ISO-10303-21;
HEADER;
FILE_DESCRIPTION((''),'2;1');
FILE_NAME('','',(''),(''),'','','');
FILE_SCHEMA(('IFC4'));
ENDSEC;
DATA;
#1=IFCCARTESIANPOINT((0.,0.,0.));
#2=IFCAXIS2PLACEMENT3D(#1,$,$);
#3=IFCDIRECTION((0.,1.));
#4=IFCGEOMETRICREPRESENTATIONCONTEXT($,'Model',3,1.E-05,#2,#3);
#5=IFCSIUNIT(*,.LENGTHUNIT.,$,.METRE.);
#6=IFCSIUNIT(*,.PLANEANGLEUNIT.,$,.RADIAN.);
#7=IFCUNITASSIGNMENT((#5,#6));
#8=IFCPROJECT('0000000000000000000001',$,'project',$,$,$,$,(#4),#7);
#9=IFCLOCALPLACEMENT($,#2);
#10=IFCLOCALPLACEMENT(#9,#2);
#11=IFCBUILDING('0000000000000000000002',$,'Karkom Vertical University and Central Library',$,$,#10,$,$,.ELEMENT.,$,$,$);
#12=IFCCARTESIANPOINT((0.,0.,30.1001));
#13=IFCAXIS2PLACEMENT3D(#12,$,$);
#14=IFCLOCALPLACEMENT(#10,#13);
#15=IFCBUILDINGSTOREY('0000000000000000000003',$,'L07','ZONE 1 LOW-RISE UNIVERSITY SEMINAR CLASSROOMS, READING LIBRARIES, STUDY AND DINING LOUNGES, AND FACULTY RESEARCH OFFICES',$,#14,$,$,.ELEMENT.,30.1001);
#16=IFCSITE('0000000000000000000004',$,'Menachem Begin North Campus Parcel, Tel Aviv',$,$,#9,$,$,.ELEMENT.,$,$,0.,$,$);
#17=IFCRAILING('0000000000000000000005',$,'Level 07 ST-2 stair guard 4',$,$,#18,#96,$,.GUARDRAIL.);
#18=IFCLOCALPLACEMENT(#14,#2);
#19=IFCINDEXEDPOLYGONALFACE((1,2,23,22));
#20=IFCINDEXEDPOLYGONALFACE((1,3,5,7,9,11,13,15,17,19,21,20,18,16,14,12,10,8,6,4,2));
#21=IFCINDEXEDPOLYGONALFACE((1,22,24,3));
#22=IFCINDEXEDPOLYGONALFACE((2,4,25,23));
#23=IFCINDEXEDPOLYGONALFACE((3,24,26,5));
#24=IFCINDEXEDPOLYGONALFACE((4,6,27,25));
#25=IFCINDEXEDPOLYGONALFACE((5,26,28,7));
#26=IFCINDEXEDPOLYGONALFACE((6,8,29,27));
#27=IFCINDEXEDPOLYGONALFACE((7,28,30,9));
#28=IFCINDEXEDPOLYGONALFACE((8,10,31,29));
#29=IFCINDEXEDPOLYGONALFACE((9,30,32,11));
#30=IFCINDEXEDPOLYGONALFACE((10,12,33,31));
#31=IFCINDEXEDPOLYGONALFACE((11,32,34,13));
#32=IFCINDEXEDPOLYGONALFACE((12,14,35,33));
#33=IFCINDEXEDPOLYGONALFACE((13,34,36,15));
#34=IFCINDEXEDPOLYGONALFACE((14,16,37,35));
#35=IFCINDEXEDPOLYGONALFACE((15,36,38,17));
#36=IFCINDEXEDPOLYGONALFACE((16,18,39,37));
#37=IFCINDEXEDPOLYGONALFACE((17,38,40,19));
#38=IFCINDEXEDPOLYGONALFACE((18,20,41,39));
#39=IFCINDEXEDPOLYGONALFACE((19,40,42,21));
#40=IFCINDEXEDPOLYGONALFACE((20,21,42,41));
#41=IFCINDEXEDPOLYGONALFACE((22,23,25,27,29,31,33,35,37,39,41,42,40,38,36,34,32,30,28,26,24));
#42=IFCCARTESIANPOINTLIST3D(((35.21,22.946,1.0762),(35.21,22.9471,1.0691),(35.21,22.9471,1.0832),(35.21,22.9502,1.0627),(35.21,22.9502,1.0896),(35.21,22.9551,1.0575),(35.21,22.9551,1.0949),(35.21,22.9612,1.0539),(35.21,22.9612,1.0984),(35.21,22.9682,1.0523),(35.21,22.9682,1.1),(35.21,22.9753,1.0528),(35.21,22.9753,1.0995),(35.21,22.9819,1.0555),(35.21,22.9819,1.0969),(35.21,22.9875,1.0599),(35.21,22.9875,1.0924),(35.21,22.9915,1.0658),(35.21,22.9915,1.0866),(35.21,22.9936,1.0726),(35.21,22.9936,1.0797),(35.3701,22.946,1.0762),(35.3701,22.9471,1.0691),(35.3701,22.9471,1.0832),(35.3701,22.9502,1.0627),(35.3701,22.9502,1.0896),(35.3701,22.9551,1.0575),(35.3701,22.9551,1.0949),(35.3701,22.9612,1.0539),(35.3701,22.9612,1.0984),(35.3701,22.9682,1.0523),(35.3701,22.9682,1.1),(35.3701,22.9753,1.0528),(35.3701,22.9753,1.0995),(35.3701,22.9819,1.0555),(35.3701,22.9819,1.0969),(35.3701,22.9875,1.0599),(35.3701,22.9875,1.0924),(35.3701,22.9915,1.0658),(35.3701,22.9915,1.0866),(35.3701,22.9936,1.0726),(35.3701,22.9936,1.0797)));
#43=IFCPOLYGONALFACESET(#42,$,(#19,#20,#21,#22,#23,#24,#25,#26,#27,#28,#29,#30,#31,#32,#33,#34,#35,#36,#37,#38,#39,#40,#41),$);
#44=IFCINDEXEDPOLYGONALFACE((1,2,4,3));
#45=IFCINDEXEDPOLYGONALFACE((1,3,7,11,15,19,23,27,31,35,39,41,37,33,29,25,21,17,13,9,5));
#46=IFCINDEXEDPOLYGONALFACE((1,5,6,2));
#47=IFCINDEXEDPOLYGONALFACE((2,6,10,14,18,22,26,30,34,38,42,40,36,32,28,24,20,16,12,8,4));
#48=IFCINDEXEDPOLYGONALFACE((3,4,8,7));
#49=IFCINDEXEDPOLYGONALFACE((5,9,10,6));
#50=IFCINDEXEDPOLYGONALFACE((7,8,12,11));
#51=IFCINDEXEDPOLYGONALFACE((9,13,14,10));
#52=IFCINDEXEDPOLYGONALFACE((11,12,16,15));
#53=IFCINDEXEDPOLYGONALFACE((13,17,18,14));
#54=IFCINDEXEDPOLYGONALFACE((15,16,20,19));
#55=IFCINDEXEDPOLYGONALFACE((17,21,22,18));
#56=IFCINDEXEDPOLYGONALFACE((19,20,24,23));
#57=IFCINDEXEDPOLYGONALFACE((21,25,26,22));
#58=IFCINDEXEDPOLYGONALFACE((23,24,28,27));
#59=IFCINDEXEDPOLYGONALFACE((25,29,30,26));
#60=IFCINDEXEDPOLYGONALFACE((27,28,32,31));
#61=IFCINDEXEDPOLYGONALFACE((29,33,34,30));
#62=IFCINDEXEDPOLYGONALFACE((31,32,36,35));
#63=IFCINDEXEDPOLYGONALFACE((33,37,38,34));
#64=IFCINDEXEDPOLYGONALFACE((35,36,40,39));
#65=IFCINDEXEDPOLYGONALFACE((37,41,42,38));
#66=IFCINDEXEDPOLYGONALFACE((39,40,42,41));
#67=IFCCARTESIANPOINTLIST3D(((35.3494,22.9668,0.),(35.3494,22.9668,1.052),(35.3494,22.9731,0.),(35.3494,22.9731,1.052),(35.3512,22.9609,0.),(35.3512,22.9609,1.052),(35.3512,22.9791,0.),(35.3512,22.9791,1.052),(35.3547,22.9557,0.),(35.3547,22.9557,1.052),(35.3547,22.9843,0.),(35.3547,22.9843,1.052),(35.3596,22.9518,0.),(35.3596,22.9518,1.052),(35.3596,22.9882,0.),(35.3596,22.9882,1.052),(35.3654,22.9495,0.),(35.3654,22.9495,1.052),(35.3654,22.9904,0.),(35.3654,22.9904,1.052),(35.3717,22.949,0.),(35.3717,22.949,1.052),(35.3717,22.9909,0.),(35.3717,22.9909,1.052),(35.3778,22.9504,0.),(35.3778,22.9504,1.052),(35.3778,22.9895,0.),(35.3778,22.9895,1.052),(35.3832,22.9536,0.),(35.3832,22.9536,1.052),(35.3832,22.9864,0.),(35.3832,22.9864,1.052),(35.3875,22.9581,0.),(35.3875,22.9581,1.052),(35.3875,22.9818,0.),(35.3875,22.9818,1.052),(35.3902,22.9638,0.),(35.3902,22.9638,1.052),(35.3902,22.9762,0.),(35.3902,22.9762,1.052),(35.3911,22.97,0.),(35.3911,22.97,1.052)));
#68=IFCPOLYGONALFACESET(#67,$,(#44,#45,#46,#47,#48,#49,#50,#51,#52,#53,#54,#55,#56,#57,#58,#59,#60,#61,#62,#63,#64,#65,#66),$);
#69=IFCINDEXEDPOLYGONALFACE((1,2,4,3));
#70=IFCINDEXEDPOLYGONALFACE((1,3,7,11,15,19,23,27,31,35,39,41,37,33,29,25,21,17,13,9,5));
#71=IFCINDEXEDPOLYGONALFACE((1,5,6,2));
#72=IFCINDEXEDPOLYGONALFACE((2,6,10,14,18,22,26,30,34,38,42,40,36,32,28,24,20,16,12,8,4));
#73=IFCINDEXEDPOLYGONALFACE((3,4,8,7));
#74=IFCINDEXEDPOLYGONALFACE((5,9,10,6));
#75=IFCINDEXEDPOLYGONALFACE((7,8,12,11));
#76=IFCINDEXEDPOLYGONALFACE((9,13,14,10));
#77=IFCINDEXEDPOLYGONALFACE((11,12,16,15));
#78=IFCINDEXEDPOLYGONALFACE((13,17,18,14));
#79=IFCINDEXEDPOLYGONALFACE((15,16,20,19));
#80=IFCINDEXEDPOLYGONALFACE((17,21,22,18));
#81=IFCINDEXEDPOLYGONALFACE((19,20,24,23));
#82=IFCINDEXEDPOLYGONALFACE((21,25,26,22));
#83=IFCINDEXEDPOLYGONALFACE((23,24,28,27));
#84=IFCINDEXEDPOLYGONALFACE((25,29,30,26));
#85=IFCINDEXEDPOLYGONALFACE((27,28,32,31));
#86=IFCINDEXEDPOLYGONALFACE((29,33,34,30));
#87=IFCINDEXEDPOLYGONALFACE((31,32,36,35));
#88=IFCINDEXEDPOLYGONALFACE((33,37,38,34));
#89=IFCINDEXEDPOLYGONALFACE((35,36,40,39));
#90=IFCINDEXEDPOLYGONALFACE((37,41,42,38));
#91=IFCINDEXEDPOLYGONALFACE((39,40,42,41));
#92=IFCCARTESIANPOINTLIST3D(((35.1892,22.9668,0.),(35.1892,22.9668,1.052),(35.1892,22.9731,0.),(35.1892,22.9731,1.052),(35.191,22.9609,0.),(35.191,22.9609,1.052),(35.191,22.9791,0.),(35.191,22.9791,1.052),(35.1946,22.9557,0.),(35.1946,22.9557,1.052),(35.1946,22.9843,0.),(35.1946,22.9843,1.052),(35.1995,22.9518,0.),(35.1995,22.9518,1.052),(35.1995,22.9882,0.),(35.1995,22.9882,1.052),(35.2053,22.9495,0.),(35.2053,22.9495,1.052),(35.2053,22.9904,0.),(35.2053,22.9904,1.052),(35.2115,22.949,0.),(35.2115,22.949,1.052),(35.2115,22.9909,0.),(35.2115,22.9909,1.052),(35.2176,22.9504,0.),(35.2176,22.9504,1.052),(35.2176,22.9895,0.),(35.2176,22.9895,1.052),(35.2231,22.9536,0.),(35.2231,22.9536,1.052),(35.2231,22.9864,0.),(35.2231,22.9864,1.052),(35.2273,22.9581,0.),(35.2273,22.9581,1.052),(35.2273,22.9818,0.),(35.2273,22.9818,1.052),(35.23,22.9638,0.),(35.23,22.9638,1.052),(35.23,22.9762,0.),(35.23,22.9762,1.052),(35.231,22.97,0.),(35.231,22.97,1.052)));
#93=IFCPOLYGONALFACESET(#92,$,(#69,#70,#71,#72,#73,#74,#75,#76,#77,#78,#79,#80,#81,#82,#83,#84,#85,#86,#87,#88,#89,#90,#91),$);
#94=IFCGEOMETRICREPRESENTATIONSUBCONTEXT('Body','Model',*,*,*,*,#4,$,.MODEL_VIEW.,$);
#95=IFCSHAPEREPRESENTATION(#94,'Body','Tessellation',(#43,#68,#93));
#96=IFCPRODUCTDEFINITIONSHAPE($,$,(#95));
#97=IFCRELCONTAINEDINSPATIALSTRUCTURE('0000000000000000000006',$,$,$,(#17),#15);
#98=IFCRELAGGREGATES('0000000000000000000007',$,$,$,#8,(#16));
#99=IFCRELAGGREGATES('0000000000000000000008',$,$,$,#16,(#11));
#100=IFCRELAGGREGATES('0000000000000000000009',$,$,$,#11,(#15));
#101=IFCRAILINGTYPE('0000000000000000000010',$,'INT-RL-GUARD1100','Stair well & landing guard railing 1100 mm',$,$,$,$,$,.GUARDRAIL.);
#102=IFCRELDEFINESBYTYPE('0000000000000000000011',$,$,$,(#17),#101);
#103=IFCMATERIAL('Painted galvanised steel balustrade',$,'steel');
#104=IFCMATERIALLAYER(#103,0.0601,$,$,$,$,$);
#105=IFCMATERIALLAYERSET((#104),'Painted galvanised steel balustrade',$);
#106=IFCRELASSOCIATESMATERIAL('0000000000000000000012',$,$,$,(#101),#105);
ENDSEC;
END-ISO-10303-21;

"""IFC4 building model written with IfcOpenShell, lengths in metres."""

from ifc_helpers import new_model, si_unit, direction, frame, origin, origin_2d, place, context, subcontext, project, spatial, circle, extrude, material, layer, layer_set, type_object, element, save


model = new_model("IFC4")

# Units and contexts
model_context = context("Model", 3, precision=1e-05, world=origin(), true_north=direction((0.0, 1.0)))
body_context = subcontext(model_context, "Body", "Model", "MODEL_VIEW")
ifc_project = project(units=[si_unit("LENGTHUNIT", "METRE"), si_unit("PLANEANGLEUNIT", "RADIAN")], contexts=[model_context])

# Site, building, storey
site_placement = place(None, origin())
site = spatial("IfcSite", under=ifc_project, at=site_placement, Name="Menachem Begin North Campus Parcel, Tel Aviv", CompositionType="ELEMENT", RefElevation=0.0)
building_placement = place(site_placement, origin())
building = spatial("IfcBuilding", under=site, at=building_placement, Name="Karkom Vertical University and Central Library", CompositionType="ELEMENT")
storey_placement = place(building_placement, frame((0.0, 0.0, 30.1001)))
storey = spatial("IfcBuildingStorey", under=building, at=storey_placement, Name="L07", Description="ZONE 1 LOW-RISE UNIVERSITY SEMINAR CLASSROOMS, READING LIBRARIES, STUDY AND DINING LOUNGES, AND FACULTY RESEARCH OFFICES", CompositionType="ELEMENT", Elevation=30.1001)

# Railing
ifc_material_1 = material(Name="Painted galvanised steel balustrade", Category="steel")
ifc_layer_1 = layer(ifc_material_1, 0.0601)
ifc_layer_set_1 = layer_set([ifc_layer_1], Name="Painted galvanised steel balustrade")
railing_type_1 = type_object("IfcRailingType", Name="INT-RL-GUARD1100", Description="Stair well & landing guard railing 1100 mm", PredefinedType="GUARDRAIL", material=ifc_layer_set_1)
railing_1_placement = place(storey_placement, frame((35.3701, 22.97, 0.0)))
element("IfcRailing", 1, at=railing_1_placement, inside=storey, type_object=railing_type_1, Name="Level 07 ST-2 stair guard 4", PredefinedType="GUARDRAIL", context=body_context, shape_type="SweptSolid", body=[
    extrude(circle(Radius=0.0239, at=origin_2d()), frame((0.0, 0.0, 1.0762), z_axis=(-1.0, 0.0, 0.0), x_axis=(0.0, -1.0, 0.0)), (0.0, 0.0, 1.0), 0.1602),
    extrude(circle(Radius=0.021, at=origin_2d()), origin(), (0.0, 0.0, 1.0), 1.052),
    extrude(circle(Radius=0.021, at=origin_2d()), frame((-0.1602, 0.0, 0.0)), (0.0, 0.0, 1.0), 1.052),
])

save(model, "model.ifc")
